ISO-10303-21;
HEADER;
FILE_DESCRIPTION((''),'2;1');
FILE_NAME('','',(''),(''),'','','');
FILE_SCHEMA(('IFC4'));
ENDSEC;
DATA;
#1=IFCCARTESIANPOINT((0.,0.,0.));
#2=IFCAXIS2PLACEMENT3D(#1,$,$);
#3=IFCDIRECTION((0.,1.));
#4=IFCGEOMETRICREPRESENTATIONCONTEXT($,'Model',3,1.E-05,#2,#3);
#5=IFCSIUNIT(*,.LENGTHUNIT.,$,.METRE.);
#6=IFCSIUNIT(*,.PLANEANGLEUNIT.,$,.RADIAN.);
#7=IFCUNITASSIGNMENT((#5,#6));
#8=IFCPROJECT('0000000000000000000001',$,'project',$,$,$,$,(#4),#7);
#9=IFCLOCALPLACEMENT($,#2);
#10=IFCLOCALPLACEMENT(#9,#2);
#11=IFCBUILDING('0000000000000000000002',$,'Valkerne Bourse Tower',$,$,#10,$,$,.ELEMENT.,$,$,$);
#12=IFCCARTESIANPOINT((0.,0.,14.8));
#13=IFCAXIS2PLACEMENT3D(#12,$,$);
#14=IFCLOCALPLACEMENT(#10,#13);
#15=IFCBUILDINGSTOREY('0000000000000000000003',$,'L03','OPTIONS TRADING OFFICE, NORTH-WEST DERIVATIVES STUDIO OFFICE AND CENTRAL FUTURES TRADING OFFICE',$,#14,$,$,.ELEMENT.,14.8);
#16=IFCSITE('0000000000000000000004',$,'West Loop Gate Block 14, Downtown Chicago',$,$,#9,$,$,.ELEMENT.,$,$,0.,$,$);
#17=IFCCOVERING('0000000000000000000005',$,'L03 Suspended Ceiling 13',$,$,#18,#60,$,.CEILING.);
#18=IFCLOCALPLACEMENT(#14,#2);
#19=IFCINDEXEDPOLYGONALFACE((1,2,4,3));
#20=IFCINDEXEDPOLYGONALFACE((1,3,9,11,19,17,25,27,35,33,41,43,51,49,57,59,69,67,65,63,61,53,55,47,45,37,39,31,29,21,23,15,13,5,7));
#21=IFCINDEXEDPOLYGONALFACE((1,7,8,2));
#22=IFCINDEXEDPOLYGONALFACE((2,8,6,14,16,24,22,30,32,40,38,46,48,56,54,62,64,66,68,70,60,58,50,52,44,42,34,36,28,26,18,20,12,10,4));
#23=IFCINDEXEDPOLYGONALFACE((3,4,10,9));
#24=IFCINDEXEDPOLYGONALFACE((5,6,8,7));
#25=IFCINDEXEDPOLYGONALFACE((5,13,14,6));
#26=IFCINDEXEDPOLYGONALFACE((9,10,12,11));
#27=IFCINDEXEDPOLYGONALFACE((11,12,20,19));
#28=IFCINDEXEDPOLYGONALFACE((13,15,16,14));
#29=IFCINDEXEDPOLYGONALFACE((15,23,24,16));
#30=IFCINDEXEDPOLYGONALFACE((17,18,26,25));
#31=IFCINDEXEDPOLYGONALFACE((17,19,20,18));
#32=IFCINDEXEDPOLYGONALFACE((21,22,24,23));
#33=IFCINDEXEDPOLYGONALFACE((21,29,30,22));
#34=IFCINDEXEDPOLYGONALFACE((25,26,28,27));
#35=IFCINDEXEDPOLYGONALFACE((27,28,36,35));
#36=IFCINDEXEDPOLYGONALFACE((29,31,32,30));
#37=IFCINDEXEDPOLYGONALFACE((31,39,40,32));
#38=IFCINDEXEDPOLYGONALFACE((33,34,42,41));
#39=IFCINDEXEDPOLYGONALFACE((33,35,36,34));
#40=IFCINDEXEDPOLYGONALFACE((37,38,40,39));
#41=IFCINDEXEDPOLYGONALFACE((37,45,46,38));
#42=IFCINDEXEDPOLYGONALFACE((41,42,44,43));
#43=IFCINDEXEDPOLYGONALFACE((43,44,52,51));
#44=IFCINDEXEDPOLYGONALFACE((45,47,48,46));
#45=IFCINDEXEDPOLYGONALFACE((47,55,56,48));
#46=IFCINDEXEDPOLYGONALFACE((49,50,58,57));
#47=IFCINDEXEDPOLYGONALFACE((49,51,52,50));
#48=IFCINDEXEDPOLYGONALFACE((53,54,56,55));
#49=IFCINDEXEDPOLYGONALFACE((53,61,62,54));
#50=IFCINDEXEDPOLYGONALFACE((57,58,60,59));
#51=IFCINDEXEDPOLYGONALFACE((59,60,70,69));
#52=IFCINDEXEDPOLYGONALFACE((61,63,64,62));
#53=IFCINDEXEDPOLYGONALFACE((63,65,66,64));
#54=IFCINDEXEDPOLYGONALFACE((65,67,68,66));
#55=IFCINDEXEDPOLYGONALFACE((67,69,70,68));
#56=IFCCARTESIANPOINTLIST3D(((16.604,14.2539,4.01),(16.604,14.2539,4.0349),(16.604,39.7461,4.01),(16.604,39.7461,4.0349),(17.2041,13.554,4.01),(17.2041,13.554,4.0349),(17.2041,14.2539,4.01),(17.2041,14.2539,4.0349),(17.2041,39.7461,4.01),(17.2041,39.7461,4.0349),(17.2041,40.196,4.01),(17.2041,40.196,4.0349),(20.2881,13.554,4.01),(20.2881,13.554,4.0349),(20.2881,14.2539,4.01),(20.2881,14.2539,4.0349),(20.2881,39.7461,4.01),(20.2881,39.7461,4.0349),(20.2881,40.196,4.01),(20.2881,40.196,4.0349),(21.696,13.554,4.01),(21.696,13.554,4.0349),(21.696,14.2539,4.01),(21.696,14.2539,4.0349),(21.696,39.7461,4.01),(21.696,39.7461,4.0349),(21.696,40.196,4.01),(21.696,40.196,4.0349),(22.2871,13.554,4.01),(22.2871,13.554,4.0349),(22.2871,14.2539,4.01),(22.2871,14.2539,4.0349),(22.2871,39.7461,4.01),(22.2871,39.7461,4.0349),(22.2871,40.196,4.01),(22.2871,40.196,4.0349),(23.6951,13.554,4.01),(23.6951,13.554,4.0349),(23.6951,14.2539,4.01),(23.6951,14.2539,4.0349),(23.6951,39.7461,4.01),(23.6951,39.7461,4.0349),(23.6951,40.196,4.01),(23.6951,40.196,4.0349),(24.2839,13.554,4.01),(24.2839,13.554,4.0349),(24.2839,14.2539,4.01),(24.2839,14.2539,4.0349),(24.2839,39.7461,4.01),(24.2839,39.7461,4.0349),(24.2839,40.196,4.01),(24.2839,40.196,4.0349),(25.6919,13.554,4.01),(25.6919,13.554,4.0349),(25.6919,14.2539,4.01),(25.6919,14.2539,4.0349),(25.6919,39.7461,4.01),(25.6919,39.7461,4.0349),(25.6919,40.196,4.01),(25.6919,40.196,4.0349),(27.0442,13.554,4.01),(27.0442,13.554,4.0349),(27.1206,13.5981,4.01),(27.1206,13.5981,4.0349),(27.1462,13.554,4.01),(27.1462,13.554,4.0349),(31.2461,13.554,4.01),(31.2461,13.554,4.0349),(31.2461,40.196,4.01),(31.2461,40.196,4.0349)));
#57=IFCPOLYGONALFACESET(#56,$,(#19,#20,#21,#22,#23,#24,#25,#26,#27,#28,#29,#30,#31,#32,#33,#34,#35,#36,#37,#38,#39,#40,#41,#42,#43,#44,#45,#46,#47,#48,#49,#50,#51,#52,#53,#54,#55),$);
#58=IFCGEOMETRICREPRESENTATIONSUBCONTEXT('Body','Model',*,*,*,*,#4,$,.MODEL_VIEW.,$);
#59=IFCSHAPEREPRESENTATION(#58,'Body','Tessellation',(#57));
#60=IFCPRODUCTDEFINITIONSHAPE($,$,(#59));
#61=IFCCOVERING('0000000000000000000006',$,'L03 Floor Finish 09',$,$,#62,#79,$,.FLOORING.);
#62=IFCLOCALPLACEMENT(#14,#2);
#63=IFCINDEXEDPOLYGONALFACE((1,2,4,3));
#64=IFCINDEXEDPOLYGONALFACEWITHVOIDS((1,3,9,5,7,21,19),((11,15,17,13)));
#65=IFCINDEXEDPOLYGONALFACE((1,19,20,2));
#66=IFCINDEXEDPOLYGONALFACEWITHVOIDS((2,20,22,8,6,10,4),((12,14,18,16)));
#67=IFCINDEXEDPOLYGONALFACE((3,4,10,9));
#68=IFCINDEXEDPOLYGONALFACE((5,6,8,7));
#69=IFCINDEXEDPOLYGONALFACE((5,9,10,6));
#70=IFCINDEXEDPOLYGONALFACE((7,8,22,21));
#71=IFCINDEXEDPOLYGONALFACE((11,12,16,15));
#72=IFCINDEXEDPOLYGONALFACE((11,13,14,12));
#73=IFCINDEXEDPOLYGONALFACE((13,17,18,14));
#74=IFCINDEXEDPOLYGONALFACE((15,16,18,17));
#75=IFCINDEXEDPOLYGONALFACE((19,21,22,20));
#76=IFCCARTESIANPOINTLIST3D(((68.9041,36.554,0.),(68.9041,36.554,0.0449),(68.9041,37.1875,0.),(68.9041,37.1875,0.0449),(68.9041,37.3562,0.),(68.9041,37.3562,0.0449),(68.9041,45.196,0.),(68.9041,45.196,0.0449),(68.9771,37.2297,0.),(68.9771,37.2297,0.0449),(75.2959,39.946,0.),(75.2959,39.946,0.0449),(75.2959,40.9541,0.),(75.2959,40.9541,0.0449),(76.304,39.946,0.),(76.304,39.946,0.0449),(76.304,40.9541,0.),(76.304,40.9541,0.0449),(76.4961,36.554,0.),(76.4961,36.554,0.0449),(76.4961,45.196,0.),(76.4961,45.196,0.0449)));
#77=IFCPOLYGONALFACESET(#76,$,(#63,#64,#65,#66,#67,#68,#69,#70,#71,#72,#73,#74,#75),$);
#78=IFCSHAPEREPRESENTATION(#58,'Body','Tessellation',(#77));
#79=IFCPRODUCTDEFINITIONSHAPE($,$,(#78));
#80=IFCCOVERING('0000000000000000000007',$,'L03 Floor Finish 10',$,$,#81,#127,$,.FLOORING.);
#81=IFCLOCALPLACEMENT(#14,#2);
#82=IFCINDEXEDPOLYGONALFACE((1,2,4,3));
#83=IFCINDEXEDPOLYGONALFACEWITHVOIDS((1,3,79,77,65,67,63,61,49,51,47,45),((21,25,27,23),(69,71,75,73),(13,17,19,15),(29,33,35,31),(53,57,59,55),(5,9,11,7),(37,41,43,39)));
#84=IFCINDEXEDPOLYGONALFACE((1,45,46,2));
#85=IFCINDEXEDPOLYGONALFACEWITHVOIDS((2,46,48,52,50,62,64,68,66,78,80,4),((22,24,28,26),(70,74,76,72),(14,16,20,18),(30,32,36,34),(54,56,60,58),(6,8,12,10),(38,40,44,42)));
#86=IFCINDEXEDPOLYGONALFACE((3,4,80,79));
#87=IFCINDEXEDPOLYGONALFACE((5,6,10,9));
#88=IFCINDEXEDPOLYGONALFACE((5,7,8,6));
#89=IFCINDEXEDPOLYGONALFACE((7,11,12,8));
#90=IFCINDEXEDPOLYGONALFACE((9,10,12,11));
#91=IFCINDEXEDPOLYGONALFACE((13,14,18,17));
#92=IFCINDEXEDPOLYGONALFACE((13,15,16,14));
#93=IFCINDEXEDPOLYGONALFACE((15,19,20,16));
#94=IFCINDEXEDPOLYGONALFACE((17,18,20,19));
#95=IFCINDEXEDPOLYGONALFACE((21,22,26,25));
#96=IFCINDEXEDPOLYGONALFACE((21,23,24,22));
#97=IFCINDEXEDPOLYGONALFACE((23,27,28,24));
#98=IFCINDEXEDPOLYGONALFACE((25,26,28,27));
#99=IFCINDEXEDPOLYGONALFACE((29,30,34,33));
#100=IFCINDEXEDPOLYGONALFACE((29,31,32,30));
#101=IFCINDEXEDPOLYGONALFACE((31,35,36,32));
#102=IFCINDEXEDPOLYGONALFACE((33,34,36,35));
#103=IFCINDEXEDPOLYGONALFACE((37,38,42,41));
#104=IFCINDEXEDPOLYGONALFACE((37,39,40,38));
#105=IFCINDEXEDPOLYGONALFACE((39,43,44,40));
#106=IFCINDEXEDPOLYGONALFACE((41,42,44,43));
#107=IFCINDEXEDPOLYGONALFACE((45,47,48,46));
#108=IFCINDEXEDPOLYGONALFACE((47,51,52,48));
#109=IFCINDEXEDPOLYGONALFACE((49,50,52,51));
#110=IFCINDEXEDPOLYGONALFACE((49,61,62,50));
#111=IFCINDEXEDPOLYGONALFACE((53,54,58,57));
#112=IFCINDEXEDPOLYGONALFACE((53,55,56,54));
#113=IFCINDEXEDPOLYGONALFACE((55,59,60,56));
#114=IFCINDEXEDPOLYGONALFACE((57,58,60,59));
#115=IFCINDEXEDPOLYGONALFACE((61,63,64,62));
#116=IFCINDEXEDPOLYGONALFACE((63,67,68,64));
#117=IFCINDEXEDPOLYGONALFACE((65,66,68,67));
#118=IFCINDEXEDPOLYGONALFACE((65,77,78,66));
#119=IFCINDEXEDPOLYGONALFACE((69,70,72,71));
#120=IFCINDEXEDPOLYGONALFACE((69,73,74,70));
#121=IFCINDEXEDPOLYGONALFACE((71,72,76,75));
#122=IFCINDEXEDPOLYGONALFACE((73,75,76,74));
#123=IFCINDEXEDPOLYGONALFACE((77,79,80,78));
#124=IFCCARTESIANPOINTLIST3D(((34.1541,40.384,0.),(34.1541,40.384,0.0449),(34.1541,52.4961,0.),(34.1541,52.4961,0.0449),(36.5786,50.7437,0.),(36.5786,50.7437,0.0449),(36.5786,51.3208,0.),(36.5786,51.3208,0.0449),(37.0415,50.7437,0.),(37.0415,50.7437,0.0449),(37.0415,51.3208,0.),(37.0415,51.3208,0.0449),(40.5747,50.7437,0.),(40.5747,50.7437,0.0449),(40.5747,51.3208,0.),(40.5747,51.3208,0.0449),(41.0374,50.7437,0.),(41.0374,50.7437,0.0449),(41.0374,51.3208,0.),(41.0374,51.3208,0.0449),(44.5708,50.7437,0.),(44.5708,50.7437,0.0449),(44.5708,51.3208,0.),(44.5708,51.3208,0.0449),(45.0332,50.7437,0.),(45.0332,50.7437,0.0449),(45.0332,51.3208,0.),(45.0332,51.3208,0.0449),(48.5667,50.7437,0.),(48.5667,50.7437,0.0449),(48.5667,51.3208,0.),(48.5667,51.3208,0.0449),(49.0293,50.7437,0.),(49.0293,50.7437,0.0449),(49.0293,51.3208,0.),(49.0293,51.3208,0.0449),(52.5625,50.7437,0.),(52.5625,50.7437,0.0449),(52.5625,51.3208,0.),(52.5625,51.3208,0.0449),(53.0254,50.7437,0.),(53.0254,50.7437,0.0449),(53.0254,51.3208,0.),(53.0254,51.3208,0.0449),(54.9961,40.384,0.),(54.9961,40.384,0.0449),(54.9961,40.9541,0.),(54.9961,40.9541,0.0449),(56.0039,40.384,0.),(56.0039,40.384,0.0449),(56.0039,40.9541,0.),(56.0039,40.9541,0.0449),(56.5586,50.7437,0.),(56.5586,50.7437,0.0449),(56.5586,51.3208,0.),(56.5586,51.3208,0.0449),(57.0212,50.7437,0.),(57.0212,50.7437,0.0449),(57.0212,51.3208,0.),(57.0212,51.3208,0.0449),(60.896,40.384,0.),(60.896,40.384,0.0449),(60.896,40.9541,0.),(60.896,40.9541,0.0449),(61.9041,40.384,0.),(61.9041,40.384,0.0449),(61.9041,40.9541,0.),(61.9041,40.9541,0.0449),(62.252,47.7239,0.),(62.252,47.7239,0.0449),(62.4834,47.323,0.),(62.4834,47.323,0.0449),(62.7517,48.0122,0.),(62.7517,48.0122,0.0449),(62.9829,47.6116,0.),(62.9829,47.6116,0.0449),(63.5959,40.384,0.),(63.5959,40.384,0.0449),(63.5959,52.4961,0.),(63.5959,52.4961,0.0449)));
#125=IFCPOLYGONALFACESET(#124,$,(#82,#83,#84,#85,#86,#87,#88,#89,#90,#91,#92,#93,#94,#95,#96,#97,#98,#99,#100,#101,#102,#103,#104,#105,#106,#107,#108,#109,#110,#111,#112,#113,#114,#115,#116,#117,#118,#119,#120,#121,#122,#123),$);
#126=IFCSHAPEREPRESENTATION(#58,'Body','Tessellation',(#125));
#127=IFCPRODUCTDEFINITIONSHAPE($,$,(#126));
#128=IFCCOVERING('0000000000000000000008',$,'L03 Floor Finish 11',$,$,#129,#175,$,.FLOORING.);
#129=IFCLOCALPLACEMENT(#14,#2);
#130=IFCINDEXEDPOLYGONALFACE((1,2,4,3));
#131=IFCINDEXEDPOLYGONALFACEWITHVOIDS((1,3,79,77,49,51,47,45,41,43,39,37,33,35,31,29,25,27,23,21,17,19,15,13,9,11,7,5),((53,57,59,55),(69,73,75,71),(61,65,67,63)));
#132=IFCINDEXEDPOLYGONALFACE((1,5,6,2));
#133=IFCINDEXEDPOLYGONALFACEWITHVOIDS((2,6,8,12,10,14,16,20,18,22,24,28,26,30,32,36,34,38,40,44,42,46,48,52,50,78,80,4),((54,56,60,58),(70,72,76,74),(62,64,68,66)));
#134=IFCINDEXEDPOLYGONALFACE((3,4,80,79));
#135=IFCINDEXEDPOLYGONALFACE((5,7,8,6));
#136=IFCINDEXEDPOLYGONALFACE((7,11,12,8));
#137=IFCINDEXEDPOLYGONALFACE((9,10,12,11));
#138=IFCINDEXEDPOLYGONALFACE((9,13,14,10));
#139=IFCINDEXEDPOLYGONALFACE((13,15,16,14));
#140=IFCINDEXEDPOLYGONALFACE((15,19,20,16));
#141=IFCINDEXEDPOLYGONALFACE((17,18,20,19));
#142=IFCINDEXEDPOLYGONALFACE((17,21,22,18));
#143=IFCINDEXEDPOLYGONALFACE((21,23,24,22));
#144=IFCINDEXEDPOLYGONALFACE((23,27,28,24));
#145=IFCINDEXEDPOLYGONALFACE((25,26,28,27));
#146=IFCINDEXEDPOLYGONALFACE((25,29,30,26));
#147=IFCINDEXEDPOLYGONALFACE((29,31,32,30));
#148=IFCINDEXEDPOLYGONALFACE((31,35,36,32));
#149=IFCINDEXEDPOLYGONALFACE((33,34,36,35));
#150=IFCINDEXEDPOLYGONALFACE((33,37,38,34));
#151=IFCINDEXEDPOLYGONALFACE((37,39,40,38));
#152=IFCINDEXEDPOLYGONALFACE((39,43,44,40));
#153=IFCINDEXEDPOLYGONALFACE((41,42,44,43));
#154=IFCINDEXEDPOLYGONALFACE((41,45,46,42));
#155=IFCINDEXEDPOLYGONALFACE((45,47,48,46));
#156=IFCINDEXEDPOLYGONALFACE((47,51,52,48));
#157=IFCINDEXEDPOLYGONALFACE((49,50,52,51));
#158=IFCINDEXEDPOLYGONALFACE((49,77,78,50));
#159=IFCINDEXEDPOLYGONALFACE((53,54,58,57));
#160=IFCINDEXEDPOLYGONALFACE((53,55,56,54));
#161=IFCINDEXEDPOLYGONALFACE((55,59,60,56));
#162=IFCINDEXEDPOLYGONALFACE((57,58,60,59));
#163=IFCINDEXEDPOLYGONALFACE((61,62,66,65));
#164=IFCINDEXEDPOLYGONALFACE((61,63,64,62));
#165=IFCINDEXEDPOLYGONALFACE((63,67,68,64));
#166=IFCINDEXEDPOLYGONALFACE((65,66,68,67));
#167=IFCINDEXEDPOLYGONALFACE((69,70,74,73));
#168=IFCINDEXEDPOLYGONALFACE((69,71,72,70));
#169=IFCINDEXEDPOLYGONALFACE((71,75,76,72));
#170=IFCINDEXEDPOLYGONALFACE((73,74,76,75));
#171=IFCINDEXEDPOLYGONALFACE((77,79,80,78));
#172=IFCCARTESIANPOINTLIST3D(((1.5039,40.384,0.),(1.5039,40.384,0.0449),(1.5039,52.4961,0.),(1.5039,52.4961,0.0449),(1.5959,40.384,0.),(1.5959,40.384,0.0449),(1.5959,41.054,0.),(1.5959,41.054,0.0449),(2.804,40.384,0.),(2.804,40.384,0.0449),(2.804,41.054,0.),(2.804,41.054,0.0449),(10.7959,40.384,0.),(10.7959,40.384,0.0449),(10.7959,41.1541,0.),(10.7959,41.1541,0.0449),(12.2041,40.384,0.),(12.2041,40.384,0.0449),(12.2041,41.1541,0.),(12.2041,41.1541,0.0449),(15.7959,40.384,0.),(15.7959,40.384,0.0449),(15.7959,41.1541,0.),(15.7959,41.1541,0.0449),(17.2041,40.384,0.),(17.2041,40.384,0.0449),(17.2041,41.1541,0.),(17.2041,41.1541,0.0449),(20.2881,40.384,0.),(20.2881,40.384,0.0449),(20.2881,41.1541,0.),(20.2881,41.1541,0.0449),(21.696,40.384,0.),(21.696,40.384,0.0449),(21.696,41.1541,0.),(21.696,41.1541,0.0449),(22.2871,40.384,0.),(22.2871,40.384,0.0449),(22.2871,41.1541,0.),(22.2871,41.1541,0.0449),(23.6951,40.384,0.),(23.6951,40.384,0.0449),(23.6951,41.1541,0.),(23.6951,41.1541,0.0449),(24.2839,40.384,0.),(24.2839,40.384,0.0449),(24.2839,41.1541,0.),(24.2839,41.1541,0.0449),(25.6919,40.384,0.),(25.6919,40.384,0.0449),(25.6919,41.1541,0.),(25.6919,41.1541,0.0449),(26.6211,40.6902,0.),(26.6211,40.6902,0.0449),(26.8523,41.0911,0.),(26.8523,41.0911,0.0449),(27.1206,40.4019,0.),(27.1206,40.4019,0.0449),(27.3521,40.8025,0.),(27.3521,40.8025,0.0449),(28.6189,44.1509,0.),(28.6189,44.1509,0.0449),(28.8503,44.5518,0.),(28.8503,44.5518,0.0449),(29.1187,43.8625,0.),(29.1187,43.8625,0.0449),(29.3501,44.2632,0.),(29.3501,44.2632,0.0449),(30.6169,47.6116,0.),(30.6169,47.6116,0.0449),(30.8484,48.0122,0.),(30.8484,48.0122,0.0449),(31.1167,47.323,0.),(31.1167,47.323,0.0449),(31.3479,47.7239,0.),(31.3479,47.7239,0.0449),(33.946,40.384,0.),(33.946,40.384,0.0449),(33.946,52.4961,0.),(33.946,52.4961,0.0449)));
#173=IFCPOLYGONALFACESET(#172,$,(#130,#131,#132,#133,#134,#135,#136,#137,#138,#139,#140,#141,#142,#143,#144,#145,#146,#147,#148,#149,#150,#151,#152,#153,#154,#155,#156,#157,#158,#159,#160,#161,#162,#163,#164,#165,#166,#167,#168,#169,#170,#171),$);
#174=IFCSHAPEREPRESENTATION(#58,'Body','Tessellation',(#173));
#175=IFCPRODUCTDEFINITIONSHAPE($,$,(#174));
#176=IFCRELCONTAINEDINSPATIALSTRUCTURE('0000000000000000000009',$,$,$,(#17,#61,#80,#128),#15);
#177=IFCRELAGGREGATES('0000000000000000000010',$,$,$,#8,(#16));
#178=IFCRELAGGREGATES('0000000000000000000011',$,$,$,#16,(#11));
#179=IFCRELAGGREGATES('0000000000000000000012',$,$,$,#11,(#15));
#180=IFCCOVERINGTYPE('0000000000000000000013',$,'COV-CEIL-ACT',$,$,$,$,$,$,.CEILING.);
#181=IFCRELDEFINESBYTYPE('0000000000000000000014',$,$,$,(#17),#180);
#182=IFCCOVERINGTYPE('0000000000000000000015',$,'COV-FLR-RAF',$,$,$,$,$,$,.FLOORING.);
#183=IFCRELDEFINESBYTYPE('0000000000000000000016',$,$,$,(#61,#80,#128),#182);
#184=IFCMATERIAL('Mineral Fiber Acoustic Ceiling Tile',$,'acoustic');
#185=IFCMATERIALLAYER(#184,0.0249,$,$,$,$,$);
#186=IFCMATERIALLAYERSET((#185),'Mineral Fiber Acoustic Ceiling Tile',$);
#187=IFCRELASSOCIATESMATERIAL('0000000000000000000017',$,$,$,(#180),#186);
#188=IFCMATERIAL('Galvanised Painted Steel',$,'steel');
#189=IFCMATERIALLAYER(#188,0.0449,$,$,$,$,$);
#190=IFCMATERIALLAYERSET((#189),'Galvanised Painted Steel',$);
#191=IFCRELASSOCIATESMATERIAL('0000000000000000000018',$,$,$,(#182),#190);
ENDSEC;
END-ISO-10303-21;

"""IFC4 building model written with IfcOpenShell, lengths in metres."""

from ifc_helpers import new_model, si_unit, direction, frame, origin, place, context, subcontext, project, spatial, polyline, outline, extrude, material, layer, layer_set, type_object, element, save


model = new_model("IFC4")

# Units and contexts
model_context = context("Model", 3, precision=1e-05, world=origin(), true_north=direction((0.0, 1.0)))
body_context = subcontext(model_context, "Body", "Model", "MODEL_VIEW")
ifc_project = project(units=[si_unit("LENGTHUNIT", "METRE"), si_unit("PLANEANGLEUNIT", "RADIAN")], contexts=[model_context])

# Site, building, storey
site_placement = place(None, origin())
site = spatial("IfcSite", under=ifc_project, at=site_placement, Name="West Loop Gate Block 14, Downtown Chicago", CompositionType="ELEMENT", RefElevation=0.0)
building_placement = place(site_placement, origin())
building = spatial("IfcBuilding", under=site, at=building_placement, Name="Valkerne Bourse Tower", CompositionType="ELEMENT")
storey_placement = place(building_placement, frame((0.0, 0.0, 14.8)))
storey = spatial("IfcBuildingStorey", under=building, at=storey_placement, Name="L03", Description="OPTIONS TRADING OFFICE, NORTH-WEST DERIVATIVES STUDIO OFFICE AND CENTRAL FUTURES TRADING OFFICE", CompositionType="ELEMENT", Elevation=14.8)

# Coverings
ifc_material_1 = material(Name="Mineral Fiber Acoustic Ceiling Tile", Category="acoustic")
ifc_layer_1 = layer(ifc_material_1, 0.0249)
ifc_layer_set_1 = layer_set([ifc_layer_1], Name="Mineral Fiber Acoustic Ceiling Tile")
covering_type_1 = type_object("IfcCoveringType", Name="COV-CEIL-ACT", PredefinedType="CEILING", material=ifc_layer_set_1)
covering_1_placement = place(storey_placement, frame((0.0, 0.0, 4.01)))
element("IfcCovering", 1, at=covering_1_placement, inside=storey, type_object=covering_type_1, Name="L03 Suspended Ceiling 13", PredefinedType="CEILING", context=body_context, shape_type="SweptSolid", body=[
    extrude(outline(polyline([(16.604, 39.7461), (17.2041, 39.7461), (17.2041, 40.196), (20.2881, 40.196), (20.2881, 39.7461), (21.696, 39.7461), (21.696, 40.196), (22.2871, 40.196), (22.2871, 39.7461), (23.6951, 39.7461), (23.6951, 40.196), (24.2839, 40.196), (24.2839, 39.7461), (25.6919, 39.7461), (25.6919, 40.196), (31.2461, 40.196), (31.2461, 13.554), (27.1462, 13.554), (27.1206, 13.5981), (27.0442, 13.554), (25.6919, 13.554), (25.6919, 14.2539), (24.2839, 14.2539), (24.2839, 13.554), (23.6951, 13.554), (23.6951, 14.2539), (22.2871, 14.2539), (22.2871, 13.554), (21.696, 13.554), (21.696, 14.2539), (20.2881, 14.2539), (20.2881, 13.554), (17.2041, 13.554), (17.2041, 14.2539), (16.604, 14.2539), (16.604, 39.7461)])), origin(), (0.0, 0.0, 1.0), 0.0249),
])
ifc_material_2 = material(Name="Galvanised Painted Steel", Category="steel")
ifc_layer_2 = layer(ifc_material_2, 0.0449)
ifc_layer_set_2 = layer_set([ifc_layer_2], Name="Galvanised Painted Steel")
covering_type_2 = type_object("IfcCoveringType", Name="COV-FLR-RAF", PredefinedType="FLOORING", material=ifc_layer_set_2)
covering_2_placement = place(storey_placement, origin())
element("IfcCovering", 2, at=covering_2_placement, inside=storey, type_object=covering_type_2, Name="L03 Floor Finish 09", PredefinedType="FLOORING", context=body_context, shape_type="SweptSolid", body=[
    extrude(outline(polyline([(68.9041, 37.1875), (68.9771, 37.2297), (68.9041, 37.3562), (68.9041, 45.196), (76.4961, 45.196), (76.4961, 36.554), (68.9041, 36.554), (68.9041, 37.1875)]), holes=[polyline([(76.304, 40.9541), (75.2959, 40.9541), (75.2959, 39.946), (76.304, 39.946), (76.304, 40.9541)])]), origin(), (0.0, 0.0, 1.0), 0.0449),
])
covering_3_placement = place(storey_placement, origin())
element("IfcCovering", 3, at=covering_3_placement, inside=storey, type_object=covering_type_2, Name="L03 Floor Finish 10", PredefinedType="FLOORING", context=body_context, shape_type="SweptSolid", body=[
    extrude(outline(polyline([(34.1541, 52.4961), (63.5959, 52.4961), (63.5959, 40.384), (61.9041, 40.384), (61.9041, 40.9541), (60.896, 40.9541), (60.896, 40.384), (56.0039, 40.384), (56.0039, 40.9541), (54.9961, 40.9541), (54.9961, 40.384), (34.1541, 40.384), (34.1541, 52.4961)]), holes=[polyline([(57.0212, 51.3208), (56.5586, 51.3208), (56.5586, 50.7437), (57.0212, 50.7437), (57.0212, 51.3208)]), polyline([(53.0254, 51.3208), (52.5625, 51.3208), (52.5625, 50.7437), (53.0254, 50.7437), (53.0254, 51.3208)]), polyline([(48.5667, 51.3208), (48.5667, 50.7437), (49.0293, 50.7437), (49.0293, 51.3208), (48.5667, 51.3208)]), polyline([(45.0332, 51.3208), (44.5708, 51.3208), (44.5708, 50.7437), (45.0332, 50.7437), (45.0332, 51.3208)]), polyline([(41.0374, 51.3208), (40.5747, 51.3208), (40.5747, 50.7437), (41.0374, 50.7437), (41.0374, 51.3208)]), polyline([(36.5786, 51.3208), (36.5786, 50.7437), (37.0415, 50.7437), (37.0415, 51.3208), (36.5786, 51.3208)]), polyline([(62.7517, 48.0122), (62.252, 47.7239), (62.4834, 47.323), (62.9829, 47.6116), (62.7517, 48.0122)])]), origin(), (0.0, 0.0, 1.0), 0.0449),
])
covering_4_placement = place(storey_placement, origin())
element("IfcCovering", 4, at=covering_4_placement, inside=storey, type_object=covering_type_2, Name="L03 Floor Finish 11", PredefinedType="FLOORING", context=body_context, shape_type="SweptSolid", body=[
    extrude(outline(polyline([(1.5039, 52.4961), (33.946, 52.4961), (33.946, 40.384), (25.6919, 40.384), (25.6919, 41.1541), (24.2839, 41.1541), (24.2839, 40.384), (23.6951, 40.384), (23.6951, 41.1541), (22.2871, 41.1541), (22.2871, 40.384), (21.696, 40.384), (21.696, 41.1541), (20.2881, 41.1541), (20.2881, 40.384), (17.2041, 40.384), (17.2041, 41.1541), (15.7959, 41.1541), (15.7959, 40.384), (12.2041, 40.384), (12.2041, 41.1541), (10.7959, 41.1541), (10.7959, 40.384), (2.804, 40.384), (2.804, 41.054), (1.5959, 41.054), (1.5959, 40.384), (1.5039, 40.384), (1.5039, 52.4961)]), holes=[polyline([(26.6211, 40.6902), (27.1206, 40.4019), (27.3521, 40.8025), (26.8523, 41.0911), (26.6211, 40.6902)]), polyline([(28.8503, 44.5518), (28.6189, 44.1509), (29.1187, 43.8625), (29.3501, 44.2632), (28.8503, 44.5518)]), polyline([(30.6169, 47.6116), (31.1167, 47.323), (31.3479, 47.7239), (30.8484, 48.0122), (30.6169, 47.6116)])]), origin(), (0.0, 0.0, 1.0), 0.0449),
])

save(model, "model.ifc")
